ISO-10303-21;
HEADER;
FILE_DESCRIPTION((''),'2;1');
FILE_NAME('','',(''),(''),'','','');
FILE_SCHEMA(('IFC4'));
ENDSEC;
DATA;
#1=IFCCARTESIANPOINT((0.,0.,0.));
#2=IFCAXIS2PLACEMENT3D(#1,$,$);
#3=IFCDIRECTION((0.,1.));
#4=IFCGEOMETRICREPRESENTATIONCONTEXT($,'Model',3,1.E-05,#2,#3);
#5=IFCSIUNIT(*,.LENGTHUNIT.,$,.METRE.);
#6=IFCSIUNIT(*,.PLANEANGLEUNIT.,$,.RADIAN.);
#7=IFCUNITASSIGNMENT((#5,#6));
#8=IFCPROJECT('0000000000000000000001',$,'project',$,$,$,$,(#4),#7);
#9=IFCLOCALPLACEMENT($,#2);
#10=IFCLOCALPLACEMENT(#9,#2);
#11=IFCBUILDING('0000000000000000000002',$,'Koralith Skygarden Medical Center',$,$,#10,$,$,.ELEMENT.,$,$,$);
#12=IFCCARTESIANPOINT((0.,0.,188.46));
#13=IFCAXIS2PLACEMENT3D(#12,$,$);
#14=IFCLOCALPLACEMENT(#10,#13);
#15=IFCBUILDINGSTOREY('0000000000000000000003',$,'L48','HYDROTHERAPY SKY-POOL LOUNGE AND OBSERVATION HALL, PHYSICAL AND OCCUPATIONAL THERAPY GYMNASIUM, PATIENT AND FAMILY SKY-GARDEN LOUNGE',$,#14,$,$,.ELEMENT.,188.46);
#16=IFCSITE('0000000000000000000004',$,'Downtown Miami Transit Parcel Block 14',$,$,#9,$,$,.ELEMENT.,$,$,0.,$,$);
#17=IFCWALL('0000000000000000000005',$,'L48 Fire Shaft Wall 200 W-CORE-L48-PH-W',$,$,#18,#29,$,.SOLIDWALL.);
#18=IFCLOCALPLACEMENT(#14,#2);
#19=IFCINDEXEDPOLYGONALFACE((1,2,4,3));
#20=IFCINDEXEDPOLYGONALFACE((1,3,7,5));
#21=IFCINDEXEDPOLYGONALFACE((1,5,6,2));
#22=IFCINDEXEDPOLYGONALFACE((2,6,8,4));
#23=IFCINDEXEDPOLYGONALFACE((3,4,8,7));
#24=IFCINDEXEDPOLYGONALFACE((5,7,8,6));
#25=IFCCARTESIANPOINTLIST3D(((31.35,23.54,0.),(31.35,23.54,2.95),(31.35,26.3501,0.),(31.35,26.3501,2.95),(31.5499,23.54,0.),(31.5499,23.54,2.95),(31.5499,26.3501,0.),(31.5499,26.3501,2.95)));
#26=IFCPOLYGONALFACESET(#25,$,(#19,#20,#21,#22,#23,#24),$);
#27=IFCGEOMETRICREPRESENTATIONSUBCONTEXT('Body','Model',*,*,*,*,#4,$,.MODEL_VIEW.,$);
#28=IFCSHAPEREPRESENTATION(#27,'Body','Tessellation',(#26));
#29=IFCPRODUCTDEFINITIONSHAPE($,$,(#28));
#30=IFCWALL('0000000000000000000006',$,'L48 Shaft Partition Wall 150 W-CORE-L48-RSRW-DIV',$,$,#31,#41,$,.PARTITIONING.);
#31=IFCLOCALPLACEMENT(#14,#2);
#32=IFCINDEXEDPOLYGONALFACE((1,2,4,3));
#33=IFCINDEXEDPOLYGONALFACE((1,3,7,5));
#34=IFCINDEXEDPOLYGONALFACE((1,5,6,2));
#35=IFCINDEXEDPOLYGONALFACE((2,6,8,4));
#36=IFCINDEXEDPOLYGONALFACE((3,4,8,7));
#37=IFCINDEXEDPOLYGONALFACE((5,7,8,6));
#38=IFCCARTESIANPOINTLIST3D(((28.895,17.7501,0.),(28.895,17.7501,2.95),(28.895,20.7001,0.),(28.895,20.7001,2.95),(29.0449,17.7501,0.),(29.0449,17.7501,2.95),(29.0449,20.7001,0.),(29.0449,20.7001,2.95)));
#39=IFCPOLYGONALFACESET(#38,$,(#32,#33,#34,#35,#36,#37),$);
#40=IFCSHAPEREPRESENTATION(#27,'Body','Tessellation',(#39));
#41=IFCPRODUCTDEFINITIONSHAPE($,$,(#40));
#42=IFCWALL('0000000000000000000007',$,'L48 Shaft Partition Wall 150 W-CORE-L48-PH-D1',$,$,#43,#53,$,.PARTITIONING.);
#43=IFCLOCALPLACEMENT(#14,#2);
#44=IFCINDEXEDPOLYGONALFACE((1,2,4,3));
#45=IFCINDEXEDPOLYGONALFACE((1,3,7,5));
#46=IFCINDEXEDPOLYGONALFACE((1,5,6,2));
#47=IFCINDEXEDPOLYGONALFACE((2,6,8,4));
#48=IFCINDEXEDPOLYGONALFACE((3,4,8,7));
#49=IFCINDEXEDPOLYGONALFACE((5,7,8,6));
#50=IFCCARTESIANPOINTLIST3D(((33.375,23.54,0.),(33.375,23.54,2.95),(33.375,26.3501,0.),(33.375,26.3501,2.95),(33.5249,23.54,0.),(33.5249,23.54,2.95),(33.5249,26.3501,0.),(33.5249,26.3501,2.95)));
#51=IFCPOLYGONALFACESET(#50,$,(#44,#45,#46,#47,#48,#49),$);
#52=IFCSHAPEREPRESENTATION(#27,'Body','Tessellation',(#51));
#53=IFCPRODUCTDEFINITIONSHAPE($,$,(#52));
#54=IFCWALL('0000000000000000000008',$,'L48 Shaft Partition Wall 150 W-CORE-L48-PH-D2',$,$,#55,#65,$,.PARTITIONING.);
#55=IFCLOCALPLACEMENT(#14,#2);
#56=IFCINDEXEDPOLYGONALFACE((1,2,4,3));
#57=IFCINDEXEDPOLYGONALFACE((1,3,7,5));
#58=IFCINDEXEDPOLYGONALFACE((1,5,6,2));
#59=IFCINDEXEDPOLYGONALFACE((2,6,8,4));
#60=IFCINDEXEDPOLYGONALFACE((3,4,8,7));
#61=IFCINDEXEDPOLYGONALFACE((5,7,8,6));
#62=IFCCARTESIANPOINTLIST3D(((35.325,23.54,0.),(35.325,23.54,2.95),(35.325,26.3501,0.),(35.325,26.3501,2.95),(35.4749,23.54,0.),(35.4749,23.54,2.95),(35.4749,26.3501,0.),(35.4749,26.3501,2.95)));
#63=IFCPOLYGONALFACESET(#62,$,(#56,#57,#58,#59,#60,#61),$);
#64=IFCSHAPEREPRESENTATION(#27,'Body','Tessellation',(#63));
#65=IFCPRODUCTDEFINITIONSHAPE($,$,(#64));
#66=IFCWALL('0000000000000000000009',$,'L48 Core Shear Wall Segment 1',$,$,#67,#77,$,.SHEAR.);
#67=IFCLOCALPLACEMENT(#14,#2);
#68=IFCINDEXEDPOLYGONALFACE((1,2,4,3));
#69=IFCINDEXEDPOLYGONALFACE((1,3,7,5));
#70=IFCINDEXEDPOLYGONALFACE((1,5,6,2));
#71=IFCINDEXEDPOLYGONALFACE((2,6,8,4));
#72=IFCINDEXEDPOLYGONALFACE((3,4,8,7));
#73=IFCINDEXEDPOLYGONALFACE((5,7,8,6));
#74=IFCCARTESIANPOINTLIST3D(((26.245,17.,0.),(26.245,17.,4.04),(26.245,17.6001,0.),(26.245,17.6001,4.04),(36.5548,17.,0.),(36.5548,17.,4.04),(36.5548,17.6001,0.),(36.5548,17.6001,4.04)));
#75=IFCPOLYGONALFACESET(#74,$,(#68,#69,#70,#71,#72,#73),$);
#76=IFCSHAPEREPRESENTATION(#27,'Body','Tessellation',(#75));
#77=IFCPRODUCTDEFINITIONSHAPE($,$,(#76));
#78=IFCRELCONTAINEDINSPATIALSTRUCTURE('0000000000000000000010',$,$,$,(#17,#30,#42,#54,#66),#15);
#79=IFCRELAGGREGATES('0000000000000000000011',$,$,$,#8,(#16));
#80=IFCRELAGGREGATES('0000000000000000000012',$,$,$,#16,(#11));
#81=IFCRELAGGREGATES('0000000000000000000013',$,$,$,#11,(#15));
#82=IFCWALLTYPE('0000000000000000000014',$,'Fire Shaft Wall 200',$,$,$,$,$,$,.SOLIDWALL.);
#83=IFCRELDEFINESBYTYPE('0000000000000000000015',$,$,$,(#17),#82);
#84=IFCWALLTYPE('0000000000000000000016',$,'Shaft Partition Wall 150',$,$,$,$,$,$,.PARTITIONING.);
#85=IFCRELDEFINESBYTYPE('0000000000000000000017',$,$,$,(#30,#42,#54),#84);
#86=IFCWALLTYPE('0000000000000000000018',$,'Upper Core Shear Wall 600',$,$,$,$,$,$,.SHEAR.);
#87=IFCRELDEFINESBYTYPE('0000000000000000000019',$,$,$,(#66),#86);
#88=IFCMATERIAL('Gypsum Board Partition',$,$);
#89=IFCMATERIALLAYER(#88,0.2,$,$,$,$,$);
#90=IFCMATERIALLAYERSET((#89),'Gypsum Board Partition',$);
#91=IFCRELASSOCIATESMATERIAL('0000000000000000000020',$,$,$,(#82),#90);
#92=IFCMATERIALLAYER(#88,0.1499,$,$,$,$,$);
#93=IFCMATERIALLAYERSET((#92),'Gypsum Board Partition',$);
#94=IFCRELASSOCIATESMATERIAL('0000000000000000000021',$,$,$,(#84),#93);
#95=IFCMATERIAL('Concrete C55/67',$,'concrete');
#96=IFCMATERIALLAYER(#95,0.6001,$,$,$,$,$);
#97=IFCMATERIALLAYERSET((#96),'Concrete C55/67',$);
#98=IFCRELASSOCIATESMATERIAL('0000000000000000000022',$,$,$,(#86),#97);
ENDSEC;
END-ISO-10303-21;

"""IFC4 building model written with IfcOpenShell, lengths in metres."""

from ifc_helpers import new_model, si_unit, direction, frame, frame_2d, origin, place, context, subcontext, project, spatial, rectangle, extrude, material, layer, layer_set, type_object, element, save


model = new_model("IFC4")

# Units and contexts
model_context = context("Model", 3, precision=1e-05, world=origin(), true_north=direction((0.0, 1.0)))
body_context = subcontext(model_context, "Body", "Model", "MODEL_VIEW")
ifc_project = project(units=[si_unit("LENGTHUNIT", "METRE"), si_unit("PLANEANGLEUNIT", "RADIAN")], contexts=[model_context])

# Site, building, storey
site_placement = place(None, origin())
site = spatial("IfcSite", under=ifc_project, at=site_placement, Name="Downtown Miami Transit Parcel Block 14", CompositionType="ELEMENT", RefElevation=0.0)
building_placement = place(site_placement, origin())
building = spatial("IfcBuilding", under=site, at=building_placement, Name="Koralith Skygarden Medical Center", CompositionType="ELEMENT")
storey_placement = place(building_placement, frame((0.0, 0.0, 188.46)))
storey = spatial("IfcBuildingStorey", under=building, at=storey_placement, Name="L48", Description="HYDROTHERAPY SKY-POOL LOUNGE AND OBSERVATION HALL, PHYSICAL AND OCCUPATIONAL THERAPY GYMNASIUM, PATIENT AND FAMILY SKY-GARDEN LOUNGE", CompositionType="ELEMENT", Elevation=188.46)

# Shared definitions
ifc_material_1 = material(Name="Concrete C55/67", Category="concrete")

# Shared definitions
ifc_material_2 = material(Name="Gypsum Board Partition")

# Shared definitions
ifc_layer_1 = layer(ifc_material_2, 0.2)
ifc_layer_set_1 = layer_set([ifc_layer_1], Name="Gypsum Board Partition")
wall_type_1 = type_object("IfcWallType", Name="Fire Shaft Wall 200", PredefinedType="SOLIDWALL", material=ifc_layer_set_1)

# Walls
wall_1_placement = place(storey_placement, frame((31.45, 23.54, 0.0), z_axis=(0.0, 0.0, 1.0), x_axis=(0.0, 1.0, 0.0)))
element("IfcWall", 1, at=wall_1_placement, inside=storey, type_object=wall_type_1, Name="L48 Fire Shaft Wall 200 W-CORE-L48-PH-W", PredefinedType="SOLIDWALL", context=body_context, shape_type="SweptSolid", body=[
    extrude(rectangle(XDim=2.8101, YDim=0.2, at=frame_2d((1.405, 0.0))), origin(), (0.0, 0.0, 1.0), 2.95),
])
ifc_layer_2 = layer(ifc_material_2, 0.1499)
ifc_layer_set_2 = layer_set([ifc_layer_2], Name="Gypsum Board Partition")
wall_type_2 = type_object("IfcWallType", Name="Shaft Partition Wall 150", PredefinedType="PARTITIONING", material=ifc_layer_set_2)
wall_2_placement = place(storey_placement, frame((28.97, 17.75, 0.0), z_axis=(0.0, 0.0, 1.0), x_axis=(0.0, 1.0, 0.0)))
element("IfcWall", 2, at=wall_2_placement, inside=storey, type_object=wall_type_2, Name="L48 Shaft Partition Wall 150 W-CORE-L48-RSRW-DIV", PredefinedType="PARTITIONING", context=body_context, shape_type="SweptSolid", body=[
    extrude(rectangle(XDim=2.95, YDim=0.1499, at=frame_2d((1.4751, 0.0))), origin(), (0.0, 0.0, 1.0), 2.95),
])
for number, where, z_axis, x_axis, name in (
    (3, (33.45, 23.54, 0.0), (0.0, 0.0, 1.0), (0.0, 1.0, 0.0), "L48 Shaft Partition Wall 150 W-CORE-L48-PH-D1"),
    (4, (35.3999, 23.54, 0.0), (0.0, 0.0, 1.0), (0.0, 1.0, 0.0), "L48 Shaft Partition Wall 150 W-CORE-L48-PH-D2"),
):
    element("IfcWall", number, at=place(storey_placement, frame(where, z_axis=z_axis, x_axis=x_axis)), inside=storey, type_object=wall_type_2, Name=name, PredefinedType="PARTITIONING", context=body_context, shape_type="SweptSolid", body=[
        extrude(rectangle(XDim=2.8101, YDim=0.1499, at=frame_2d((1.405, 0.0))), origin(), (0.0, 0.0, 1.0), 2.95),
    ])
ifc_layer_3 = layer(ifc_material_1, 0.6001)
ifc_layer_set_3 = layer_set([ifc_layer_3], Name="Concrete C55/67")
wall_type_3 = type_object("IfcWallType", Name="Upper Core Shear Wall 600", PredefinedType="SHEAR", material=ifc_layer_set_3)
wall_3_placement = place(storey_placement, frame((26.2451, 17.3, 0.0), z_axis=(0.0, 0.0, 1.0), x_axis=(1.0, 0.0, 0.0)))
element("IfcWall", 5, at=wall_3_placement, inside=storey, type_object=wall_type_3, Name="L48 Core Shear Wall Segment 1", PredefinedType="SHEAR", context=body_context, shape_type="SweptSolid", body=[
    extrude(rectangle(XDim=10.3098, YDim=0.6001, at=frame_2d((5.1548, 0.0))), origin(), (0.0, 0.0, 1.0), 4.04),
])

save(model, "model.ifc")
